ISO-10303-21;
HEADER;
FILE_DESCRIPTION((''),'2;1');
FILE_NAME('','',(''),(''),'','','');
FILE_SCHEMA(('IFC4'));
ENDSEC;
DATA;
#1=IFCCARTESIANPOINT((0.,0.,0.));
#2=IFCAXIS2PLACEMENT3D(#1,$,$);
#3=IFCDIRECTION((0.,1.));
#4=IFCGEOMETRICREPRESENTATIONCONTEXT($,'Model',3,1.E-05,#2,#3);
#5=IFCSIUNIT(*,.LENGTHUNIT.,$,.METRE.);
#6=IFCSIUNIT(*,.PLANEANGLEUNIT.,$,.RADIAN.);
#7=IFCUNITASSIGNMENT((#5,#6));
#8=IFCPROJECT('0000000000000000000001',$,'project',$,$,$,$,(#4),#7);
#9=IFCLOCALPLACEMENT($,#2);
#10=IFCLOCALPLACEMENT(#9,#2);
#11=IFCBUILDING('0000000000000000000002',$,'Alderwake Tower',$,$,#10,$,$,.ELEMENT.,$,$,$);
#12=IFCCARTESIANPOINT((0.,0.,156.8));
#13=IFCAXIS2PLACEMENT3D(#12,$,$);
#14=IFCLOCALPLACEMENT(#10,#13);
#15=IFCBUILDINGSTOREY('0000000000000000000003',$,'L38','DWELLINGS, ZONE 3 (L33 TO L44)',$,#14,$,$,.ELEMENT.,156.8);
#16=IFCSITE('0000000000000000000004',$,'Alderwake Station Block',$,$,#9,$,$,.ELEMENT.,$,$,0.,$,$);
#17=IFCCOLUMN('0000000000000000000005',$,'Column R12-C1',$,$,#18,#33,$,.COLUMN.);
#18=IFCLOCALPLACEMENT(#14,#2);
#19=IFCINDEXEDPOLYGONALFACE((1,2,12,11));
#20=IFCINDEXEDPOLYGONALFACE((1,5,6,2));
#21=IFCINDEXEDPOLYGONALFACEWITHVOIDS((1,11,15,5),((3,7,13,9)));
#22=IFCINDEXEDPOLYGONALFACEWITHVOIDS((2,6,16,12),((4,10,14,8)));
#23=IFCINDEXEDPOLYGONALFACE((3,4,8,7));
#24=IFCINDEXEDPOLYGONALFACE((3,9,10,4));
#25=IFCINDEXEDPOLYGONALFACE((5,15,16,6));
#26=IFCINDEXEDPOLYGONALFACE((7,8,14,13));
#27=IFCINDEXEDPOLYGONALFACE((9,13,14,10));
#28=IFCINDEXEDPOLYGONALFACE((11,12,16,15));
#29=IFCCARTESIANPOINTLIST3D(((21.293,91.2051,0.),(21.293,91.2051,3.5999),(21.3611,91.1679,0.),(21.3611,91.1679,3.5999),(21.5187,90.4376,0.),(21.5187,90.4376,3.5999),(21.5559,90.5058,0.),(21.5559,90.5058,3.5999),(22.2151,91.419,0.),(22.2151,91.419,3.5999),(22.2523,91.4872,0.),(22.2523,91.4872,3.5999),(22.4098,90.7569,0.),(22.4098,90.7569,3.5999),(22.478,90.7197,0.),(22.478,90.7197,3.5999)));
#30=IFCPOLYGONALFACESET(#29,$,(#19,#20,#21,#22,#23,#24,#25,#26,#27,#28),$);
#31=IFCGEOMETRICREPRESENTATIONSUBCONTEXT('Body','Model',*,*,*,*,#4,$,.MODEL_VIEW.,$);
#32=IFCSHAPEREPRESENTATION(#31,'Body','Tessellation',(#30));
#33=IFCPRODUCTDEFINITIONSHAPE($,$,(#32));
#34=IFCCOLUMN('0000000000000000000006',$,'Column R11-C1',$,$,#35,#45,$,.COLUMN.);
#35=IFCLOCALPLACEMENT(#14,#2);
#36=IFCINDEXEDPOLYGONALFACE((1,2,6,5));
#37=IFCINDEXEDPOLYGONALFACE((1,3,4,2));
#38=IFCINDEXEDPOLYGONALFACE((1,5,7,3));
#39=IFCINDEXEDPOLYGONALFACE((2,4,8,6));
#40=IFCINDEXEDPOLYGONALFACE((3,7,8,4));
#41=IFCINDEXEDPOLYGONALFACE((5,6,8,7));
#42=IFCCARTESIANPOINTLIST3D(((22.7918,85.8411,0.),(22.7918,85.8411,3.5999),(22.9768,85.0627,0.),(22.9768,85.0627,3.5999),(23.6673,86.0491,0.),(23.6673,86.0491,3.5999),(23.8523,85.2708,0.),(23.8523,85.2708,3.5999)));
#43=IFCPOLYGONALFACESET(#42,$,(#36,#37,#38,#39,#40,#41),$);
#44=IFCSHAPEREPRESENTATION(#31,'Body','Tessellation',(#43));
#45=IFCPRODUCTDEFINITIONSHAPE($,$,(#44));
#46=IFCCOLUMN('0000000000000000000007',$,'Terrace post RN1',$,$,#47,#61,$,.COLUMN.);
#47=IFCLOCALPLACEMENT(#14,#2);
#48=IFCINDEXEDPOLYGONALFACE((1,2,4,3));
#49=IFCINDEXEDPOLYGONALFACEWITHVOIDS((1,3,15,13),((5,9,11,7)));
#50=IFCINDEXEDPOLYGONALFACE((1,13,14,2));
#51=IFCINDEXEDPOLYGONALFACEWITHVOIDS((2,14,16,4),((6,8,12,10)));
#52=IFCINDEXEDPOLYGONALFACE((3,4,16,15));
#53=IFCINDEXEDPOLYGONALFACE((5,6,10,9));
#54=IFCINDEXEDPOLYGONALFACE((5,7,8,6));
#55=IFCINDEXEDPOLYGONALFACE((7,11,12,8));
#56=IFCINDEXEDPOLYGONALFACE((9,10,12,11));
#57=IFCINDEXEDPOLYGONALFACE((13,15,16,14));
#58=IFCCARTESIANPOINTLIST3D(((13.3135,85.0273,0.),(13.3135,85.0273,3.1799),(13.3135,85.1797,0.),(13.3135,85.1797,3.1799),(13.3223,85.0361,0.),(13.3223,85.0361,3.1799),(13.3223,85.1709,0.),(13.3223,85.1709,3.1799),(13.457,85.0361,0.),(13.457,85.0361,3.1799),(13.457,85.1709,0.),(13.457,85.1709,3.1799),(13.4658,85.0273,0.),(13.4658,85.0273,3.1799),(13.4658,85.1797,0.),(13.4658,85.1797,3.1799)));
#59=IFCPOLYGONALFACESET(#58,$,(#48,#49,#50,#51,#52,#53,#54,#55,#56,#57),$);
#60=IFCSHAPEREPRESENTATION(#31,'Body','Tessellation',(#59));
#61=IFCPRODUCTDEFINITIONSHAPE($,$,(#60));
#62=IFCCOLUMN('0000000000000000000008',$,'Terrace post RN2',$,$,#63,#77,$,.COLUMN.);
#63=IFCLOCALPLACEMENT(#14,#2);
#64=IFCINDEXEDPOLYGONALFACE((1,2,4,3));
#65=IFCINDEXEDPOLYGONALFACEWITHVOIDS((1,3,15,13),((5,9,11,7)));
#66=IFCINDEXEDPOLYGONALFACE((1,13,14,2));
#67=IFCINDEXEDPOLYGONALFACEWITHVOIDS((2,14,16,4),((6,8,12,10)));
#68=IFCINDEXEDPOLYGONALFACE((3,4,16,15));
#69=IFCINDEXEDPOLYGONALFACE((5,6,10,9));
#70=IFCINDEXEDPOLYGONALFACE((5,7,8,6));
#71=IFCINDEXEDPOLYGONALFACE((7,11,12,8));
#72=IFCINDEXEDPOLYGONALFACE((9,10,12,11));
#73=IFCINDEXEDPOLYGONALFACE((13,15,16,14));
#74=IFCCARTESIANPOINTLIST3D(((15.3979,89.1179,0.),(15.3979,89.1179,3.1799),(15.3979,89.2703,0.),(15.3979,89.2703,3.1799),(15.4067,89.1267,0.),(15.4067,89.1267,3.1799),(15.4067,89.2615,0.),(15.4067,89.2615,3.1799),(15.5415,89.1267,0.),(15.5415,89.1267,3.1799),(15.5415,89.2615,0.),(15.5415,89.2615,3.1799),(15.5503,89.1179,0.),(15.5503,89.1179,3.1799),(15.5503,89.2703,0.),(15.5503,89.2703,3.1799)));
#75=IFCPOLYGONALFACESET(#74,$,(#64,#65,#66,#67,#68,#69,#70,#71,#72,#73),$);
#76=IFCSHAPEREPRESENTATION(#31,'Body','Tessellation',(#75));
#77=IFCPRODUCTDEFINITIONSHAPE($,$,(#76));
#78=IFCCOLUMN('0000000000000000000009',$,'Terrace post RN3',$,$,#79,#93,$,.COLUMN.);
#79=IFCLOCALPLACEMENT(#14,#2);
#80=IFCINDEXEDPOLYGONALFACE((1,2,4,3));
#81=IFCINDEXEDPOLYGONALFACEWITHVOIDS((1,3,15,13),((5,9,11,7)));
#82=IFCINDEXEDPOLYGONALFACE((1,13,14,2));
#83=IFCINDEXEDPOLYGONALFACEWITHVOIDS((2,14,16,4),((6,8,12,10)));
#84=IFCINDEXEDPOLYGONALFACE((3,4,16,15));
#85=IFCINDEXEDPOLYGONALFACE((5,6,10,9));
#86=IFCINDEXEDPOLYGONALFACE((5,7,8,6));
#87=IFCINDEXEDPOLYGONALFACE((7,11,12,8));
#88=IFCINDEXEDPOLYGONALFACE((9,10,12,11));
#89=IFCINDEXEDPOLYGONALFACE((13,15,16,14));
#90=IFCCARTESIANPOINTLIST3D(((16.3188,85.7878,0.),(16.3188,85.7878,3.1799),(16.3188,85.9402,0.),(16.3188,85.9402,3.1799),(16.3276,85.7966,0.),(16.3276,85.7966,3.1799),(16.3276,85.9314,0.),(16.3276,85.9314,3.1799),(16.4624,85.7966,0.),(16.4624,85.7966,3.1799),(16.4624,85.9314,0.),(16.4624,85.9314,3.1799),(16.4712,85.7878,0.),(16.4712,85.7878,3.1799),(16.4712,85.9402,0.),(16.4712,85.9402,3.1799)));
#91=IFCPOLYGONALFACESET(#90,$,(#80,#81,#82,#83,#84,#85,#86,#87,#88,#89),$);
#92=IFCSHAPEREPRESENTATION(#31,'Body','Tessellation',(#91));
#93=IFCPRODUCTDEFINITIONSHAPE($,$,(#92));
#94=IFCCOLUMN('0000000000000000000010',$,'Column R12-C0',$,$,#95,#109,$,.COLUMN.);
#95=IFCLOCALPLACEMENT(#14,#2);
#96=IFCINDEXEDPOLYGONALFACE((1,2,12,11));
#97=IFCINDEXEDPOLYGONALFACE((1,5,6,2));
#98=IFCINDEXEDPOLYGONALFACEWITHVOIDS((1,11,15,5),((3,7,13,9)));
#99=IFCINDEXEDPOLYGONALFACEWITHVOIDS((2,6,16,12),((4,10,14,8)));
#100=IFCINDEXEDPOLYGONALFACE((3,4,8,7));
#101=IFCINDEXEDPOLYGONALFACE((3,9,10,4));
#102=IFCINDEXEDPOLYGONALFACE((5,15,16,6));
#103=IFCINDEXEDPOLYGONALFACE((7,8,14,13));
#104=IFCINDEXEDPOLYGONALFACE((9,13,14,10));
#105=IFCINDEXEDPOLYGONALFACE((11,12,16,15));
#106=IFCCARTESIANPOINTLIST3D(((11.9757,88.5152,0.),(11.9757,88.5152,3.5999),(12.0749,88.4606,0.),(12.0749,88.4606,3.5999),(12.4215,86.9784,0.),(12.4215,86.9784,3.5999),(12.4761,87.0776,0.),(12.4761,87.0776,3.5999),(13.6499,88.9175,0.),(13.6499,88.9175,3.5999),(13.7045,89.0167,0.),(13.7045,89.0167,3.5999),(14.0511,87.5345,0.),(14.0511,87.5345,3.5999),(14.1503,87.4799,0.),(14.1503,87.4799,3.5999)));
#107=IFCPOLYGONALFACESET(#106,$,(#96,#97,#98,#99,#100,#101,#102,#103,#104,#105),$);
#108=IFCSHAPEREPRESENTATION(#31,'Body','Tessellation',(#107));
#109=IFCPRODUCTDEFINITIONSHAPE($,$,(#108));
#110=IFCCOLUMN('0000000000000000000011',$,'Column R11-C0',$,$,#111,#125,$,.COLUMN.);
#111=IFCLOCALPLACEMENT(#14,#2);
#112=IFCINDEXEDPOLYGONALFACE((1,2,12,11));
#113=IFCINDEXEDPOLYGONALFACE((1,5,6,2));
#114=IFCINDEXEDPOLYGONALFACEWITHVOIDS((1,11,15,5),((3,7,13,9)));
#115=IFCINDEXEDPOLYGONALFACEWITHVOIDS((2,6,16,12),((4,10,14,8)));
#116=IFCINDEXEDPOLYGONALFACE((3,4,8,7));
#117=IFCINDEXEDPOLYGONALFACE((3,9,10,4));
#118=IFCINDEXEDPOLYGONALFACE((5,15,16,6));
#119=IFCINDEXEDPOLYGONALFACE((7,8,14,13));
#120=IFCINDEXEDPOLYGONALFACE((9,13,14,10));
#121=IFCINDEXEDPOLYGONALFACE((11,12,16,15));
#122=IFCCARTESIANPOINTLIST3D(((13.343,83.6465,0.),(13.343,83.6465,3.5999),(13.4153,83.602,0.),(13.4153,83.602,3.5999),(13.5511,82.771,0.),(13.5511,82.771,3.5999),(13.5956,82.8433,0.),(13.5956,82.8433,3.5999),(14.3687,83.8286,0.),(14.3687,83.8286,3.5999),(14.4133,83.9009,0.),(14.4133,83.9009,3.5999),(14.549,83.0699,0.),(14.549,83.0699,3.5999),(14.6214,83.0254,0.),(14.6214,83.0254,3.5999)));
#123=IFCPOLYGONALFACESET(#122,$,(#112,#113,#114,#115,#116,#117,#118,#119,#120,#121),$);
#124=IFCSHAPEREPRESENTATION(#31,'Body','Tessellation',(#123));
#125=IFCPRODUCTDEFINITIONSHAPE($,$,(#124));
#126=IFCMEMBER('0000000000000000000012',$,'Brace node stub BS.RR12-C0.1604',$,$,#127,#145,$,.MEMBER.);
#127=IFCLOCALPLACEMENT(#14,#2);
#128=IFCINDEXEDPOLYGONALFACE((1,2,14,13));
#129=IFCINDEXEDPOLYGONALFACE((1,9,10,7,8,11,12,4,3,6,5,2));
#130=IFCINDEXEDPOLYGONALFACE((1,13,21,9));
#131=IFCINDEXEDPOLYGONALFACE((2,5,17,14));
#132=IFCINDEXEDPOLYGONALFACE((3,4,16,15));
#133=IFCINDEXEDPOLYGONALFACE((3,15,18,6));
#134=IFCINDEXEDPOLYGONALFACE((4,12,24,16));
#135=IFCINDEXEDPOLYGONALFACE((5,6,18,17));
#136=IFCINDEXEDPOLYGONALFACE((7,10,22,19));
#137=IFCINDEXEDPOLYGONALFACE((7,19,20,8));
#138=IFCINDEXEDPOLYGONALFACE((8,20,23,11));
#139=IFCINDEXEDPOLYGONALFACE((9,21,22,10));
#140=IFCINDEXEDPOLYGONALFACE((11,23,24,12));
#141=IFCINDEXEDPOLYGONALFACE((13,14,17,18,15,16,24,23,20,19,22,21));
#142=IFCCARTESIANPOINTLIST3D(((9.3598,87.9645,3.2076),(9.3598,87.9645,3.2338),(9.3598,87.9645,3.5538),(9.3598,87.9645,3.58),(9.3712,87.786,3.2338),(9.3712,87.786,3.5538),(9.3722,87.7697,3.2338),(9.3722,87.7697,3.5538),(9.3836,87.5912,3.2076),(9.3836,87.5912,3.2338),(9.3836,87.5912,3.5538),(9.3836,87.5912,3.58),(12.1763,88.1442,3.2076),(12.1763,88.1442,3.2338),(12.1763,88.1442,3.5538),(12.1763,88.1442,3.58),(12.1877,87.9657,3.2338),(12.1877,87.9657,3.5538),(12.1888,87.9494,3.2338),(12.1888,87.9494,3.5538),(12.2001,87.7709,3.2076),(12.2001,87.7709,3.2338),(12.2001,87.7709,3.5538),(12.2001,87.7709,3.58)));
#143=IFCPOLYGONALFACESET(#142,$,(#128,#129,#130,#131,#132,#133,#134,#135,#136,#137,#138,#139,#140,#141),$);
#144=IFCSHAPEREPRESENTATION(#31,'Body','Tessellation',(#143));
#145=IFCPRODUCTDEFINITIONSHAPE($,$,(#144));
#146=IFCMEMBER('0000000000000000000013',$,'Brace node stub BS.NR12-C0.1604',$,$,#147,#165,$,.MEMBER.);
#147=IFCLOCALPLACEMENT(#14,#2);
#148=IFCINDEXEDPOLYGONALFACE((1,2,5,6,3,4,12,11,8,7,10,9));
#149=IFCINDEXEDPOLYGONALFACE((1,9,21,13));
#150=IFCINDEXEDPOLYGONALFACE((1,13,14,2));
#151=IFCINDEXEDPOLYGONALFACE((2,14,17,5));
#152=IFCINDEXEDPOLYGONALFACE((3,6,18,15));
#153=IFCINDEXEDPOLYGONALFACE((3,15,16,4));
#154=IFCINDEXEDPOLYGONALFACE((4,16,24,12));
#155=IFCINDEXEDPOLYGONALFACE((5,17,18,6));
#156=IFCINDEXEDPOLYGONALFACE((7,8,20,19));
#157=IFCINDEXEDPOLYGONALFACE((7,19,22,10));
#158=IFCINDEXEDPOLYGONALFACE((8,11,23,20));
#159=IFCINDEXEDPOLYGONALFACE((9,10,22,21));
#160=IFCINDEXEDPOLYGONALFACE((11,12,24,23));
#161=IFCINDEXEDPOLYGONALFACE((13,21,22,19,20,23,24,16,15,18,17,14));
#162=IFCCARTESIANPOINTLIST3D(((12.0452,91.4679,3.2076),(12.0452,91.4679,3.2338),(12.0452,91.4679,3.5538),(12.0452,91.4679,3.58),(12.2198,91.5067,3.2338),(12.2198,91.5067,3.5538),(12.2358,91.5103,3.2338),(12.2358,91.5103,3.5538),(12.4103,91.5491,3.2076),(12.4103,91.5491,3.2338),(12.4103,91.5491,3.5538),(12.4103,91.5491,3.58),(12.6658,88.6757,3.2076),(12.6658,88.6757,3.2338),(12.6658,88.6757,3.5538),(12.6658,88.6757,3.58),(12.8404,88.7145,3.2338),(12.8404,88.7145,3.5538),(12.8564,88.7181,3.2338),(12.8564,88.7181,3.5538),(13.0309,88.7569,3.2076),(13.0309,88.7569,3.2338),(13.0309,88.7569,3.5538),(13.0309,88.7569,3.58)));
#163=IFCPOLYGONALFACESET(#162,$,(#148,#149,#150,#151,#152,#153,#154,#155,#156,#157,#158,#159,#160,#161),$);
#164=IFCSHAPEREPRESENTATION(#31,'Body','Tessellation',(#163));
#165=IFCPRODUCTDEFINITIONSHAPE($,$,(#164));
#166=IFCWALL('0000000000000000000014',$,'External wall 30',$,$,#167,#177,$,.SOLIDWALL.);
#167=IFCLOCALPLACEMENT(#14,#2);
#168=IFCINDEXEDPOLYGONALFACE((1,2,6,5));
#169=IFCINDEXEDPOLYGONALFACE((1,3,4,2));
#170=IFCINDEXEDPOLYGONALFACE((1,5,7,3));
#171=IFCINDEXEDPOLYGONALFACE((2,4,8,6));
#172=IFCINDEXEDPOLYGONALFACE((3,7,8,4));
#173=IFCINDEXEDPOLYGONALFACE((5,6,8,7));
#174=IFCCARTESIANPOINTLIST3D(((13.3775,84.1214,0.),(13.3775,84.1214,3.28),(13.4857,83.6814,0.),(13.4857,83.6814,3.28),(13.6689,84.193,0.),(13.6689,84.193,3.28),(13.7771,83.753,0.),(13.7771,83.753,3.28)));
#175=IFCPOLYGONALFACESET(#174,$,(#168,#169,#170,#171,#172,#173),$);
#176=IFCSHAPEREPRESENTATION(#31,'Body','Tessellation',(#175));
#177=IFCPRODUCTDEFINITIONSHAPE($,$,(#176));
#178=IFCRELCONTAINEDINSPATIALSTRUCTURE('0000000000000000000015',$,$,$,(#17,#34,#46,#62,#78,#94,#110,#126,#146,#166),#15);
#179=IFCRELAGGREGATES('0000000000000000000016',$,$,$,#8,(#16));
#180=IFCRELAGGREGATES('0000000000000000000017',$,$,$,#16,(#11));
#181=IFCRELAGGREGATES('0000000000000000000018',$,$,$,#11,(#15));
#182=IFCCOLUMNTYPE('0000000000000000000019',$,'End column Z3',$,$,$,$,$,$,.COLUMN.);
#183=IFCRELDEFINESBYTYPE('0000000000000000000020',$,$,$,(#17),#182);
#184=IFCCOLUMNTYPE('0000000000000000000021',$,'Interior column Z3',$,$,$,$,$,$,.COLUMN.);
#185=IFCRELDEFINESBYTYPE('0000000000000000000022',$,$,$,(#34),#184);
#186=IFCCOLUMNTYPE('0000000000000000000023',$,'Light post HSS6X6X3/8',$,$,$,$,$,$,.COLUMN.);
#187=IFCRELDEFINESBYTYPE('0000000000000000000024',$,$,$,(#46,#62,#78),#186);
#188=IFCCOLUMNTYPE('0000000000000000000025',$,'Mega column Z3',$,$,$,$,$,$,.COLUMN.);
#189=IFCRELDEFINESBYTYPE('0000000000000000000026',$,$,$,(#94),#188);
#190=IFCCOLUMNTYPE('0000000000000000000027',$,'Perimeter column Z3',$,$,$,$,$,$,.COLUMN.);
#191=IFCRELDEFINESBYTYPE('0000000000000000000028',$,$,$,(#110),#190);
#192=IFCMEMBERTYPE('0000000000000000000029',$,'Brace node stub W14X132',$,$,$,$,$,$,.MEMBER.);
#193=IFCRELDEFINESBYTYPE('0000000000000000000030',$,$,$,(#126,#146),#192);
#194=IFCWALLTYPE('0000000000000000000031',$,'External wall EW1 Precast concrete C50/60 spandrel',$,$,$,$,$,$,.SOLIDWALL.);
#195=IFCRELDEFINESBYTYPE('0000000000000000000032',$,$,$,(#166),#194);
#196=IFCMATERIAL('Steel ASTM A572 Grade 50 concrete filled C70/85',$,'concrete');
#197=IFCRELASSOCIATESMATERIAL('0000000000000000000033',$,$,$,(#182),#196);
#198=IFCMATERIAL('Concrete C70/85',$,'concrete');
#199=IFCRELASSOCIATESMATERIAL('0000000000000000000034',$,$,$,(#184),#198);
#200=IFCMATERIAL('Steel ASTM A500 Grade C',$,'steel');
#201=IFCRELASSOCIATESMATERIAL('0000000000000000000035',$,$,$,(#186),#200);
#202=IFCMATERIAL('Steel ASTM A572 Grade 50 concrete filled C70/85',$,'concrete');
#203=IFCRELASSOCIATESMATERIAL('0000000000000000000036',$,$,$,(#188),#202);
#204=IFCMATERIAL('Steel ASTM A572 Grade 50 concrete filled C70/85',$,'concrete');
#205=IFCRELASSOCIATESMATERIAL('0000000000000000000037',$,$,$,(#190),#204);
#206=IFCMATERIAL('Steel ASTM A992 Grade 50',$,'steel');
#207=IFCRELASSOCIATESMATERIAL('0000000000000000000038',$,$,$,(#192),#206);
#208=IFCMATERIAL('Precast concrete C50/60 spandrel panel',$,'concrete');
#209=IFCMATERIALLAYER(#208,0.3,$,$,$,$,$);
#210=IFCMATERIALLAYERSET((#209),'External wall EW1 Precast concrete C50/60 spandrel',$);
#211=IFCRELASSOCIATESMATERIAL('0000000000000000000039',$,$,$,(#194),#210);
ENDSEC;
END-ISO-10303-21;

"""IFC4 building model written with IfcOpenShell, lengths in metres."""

from ifc_helpers import new_model, si_unit, direction, frame, frame_2d, origin, origin_2d, place, context, subcontext, project, spatial, rectangle, hollow_rectangle, i_section, extrude, material, layer, layer_set, material_profile, profile_set, type_object, element, save


model = new_model("IFC4")

# Units and contexts
model_context = context("Model", 3, precision=1e-05, world=origin(), true_north=direction((0.0, 1.0)))
body_context = subcontext(model_context, "Body", "Model", "MODEL_VIEW")
ifc_project = project(units=[si_unit("LENGTHUNIT", "METRE"), si_unit("PLANEANGLEUNIT", "RADIAN")], contexts=[model_context])

# Site, building, storey
site_placement = place(None, origin())
site = spatial("IfcSite", under=ifc_project, at=site_placement, Name="Alderwake Station Block", CompositionType="ELEMENT", RefElevation=0.0)
building_placement = place(site_placement, origin())
building = spatial("IfcBuilding", under=site, at=building_placement, Name="Alderwake Tower", CompositionType="ELEMENT")
storey_placement = place(building_placement, frame((0.0, 0.0, 156.8)))
storey = spatial("IfcBuildingStorey", under=building, at=storey_placement, Name="L38", Description="DWELLINGS, ZONE 3 (L33 TO L44)", CompositionType="ELEMENT", Elevation=156.8)

# Columns
ifc_material_1 = material(Name="Steel ASTM A572 Grade 50 concrete filled C70/85", Category="concrete")
ifc_material_profile_1 = material_profile(ifc_material_1, hollow_rectangle(XDim=0.8, YDim=1.0, WallThickness=0.0549, at=origin_2d()), Name="BOX 1000X800X55")
ifc_profile_set_1 = profile_set([ifc_material_profile_1], Name="Steel ASTM A572 Grade 50 concrete filled C70/85")
column_type_1 = type_object("IfcColumnType", Name="End column Z3", PredefinedType="COLUMN", material=ifc_profile_set_1)
column_1_placement = place(storey_placement, frame((21.8855, 90.9624, 0.0), z_axis=(0.0, 0.0, 1.0), x_axis=(-0.282132, 0.959376, 0.0)))
element("IfcColumn", 1, at=column_1_placement, inside=storey, type_object=column_type_1, Name="Column R12-C1", PredefinedType="COLUMN", context=body_context, shape_type="SweptSolid", body=[
    extrude(hollow_rectangle(XDim=0.8, YDim=1.0, WallThickness=0.0549, at=origin_2d()), origin(), (0.0, 0.0, 1.0), 3.5999),
])
ifc_material_2 = material(Name="Concrete C70/85", Category="concrete")
ifc_material_profile_2 = material_profile(ifc_material_2, rectangle(XDim=0.8, YDim=0.8999, at=origin_2d()), Name="RC 900X800")
ifc_profile_set_2 = profile_set([ifc_material_profile_2], Name="Concrete C70/85")
column_type_2 = type_object("IfcColumnType", Name="Interior column Z3", PredefinedType="COLUMN", material=ifc_profile_set_2)
column_2_placement = place(storey_placement, frame((23.322, 85.5559, 0.0), z_axis=(0.0, 0.0, 1.0), x_axis=(-0.231222, 0.972901, 0.0)))
element("IfcColumn", 2, at=column_2_placement, inside=storey, type_object=column_type_2, Name="Column R11-C1", PredefinedType="COLUMN", context=body_context, shape_type="SweptSolid", body=[
    extrude(rectangle(XDim=0.8, YDim=0.8999, at=origin_2d()), origin(), (0.0, 0.0, 1.0), 3.5999),
])
ifc_material_3 = material(Name="Steel ASTM A500 Grade C", Category="steel")
ifc_material_profile_3 = material_profile(ifc_material_3, hollow_rectangle(XDim=0.1523, YDim=0.1523, WallThickness=0.0088, at=origin_2d()), Name="HSS6X6X3/8")
ifc_profile_set_3 = profile_set([ifc_material_profile_3], Name="Steel ASTM A500 Grade C")
column_type_3 = type_object("IfcColumnType", Name="Light post HSS6X6X3/8", PredefinedType="COLUMN", material=ifc_profile_set_3)
for number, where, z_axis, x_axis, name in (
    (3, (13.3896, 85.1035, 0.0), (0.0, 0.0, 1.0), (1.0, 0.0, 0.0), "Terrace post RN1"),
    (4, (15.4741, 89.1941, 0.0), (0.0, 0.0, 1.0), (1.0, 0.0, 0.0), "Terrace post RN2"),
    (5, (16.395, 85.864, 0.0), (0.0, 0.0, 1.0), (1.0, 0.0, 0.0), "Terrace post RN3"),
):
    element("IfcColumn", number, at=place(storey_placement, frame(where, z_axis=z_axis, x_axis=x_axis)), inside=storey, type_object=column_type_3, Name=name, PredefinedType="COLUMN", context=body_context, shape_type="SweptSolid", body=[
        extrude(hollow_rectangle(XDim=0.1523, YDim=0.1523, WallThickness=0.0088, at=origin_2d()), origin(), (0.0, 0.0, 1.0), 3.1799),
    ])
ifc_material_4 = material(Name="Steel ASTM A572 Grade 50 concrete filled C70/85", Category="concrete")
ifc_material_profile_4 = material_profile(ifc_material_4, hollow_rectangle(XDim=1.6001, YDim=1.8, WallThickness=0.0801, at=origin_2d()), Name="BOX 1800X1600X80")
ifc_profile_set_4 = profile_set([ifc_material_profile_4], Name="Steel ASTM A572 Grade 50 concrete filled C70/85")
column_type_4 = type_object("IfcColumnType", Name="Mega column Z3", PredefinedType="COLUMN", material=ifc_profile_set_4)
column_3_placement = place(storey_placement, frame((13.063, 87.9976, 0.0), z_axis=(0.0, 0.0, 1.0), x_axis=(-0.278612, 0.960404, 0.0)))
element("IfcColumn", 6, at=column_3_placement, inside=storey, type_object=column_type_4, Name="Column R12-C0", PredefinedType="COLUMN", context=body_context, shape_type="SweptSolid", body=[
    extrude(hollow_rectangle(XDim=1.6001, YDim=1.8, WallThickness=0.0801, at=origin_2d()), origin(), (0.0, 0.0, 1.0), 3.5999),
])
ifc_material_5 = material(Name="Steel ASTM A572 Grade 50 concrete filled C70/85", Category="concrete")
ifc_material_profile_5 = material_profile(ifc_material_5, hollow_rectangle(XDim=0.8999, YDim=1.1001, WallThickness=0.0601, at=origin_2d()), Name="BOX 1100X900X60")
ifc_profile_set_5 = profile_set([ifc_material_profile_5], Name="Steel ASTM A572 Grade 50 concrete filled C70/85")
column_type_5 = type_object("IfcColumnType", Name="Perimeter column Z3", PredefinedType="COLUMN", material=ifc_profile_set_5)
column_4_placement = place(storey_placement, frame((13.9822, 83.3359, 0.0), z_axis=(0.0, 0.0, 1.0), x_axis=(-0.231222, 0.972901, 0.0)))
element("IfcColumn", 7, at=column_4_placement, inside=storey, type_object=column_type_5, Name="Column R11-C0", PredefinedType="COLUMN", context=body_context, shape_type="SweptSolid", body=[
    extrude(hollow_rectangle(XDim=0.8999, YDim=1.1001, WallThickness=0.0601, at=origin_2d()), origin(), (0.0, 0.0, 1.0), 3.5999),
])

# Members
ifc_material_6 = material(Name="Steel ASTM A992 Grade 50", Category="steel")
ifc_material_profile_6 = material_profile(ifc_material_6, i_section(OverallWidth=0.374, OverallDepth=0.3723, WebThickness=0.0164, FlangeThickness=0.0261, at=origin_2d()), Name="W14X132")
ifc_profile_set_6 = profile_set([ifc_material_profile_6], Name="Steel ASTM A992 Grade 50")
member_type = type_object("IfcMemberType", Name="Brace node stub W14X132", PredefinedType="MEMBER", material=ifc_profile_set_6)
member_1_placement = place(storey_placement, frame((12.1882, 87.9575, 3.3938), z_axis=(-0.997971, -0.063665, 0.0), x_axis=(0.063665, -0.997971, 0.0)))
element("IfcMember", 8, at=member_1_placement, inside=storey, type_object=member_type, Name="Brace node stub BS.RR12-C0.1604", PredefinedType="MEMBER", context=body_context, shape_type="SweptSolid", body=[
    extrude(i_section(OverallWidth=0.374, OverallDepth=0.3723, WebThickness=0.0164, FlangeThickness=0.0261, at=origin_2d()), origin(), (0.0, 0.0, 1.0), 2.8223),
])
member_2_placement = place(storey_placement, frame((12.8484, 88.7163, 3.3938), z_axis=(-0.216967, 0.976179, 0.0), x_axis=(-0.976179, -0.216967, 0.0)))
element("IfcMember", 9, at=member_2_placement, inside=storey, type_object=member_type, Name="Brace node stub BS.NR12-C0.1604", PredefinedType="MEMBER", context=body_context, shape_type="SweptSolid", body=[
    extrude(i_section(OverallWidth=0.374, OverallDepth=0.3723, WebThickness=0.0164, FlangeThickness=0.0261, at=origin_2d()), origin(), (0.0, 0.0, 1.0), 2.8604),
])

# Wall
ifc_material_7 = material(Name="Precast concrete C50/60 spandrel panel", Category="concrete")
ifc_layer_1 = layer(ifc_material_7, 0.3)
ifc_layer_set_1 = layer_set([ifc_layer_1], Name="External wall EW1 Precast concrete C50/60 spandrel")
wall_type_1 = type_object("IfcWallType", Name="External wall EW1 Precast concrete C50/60 spandrel", PredefinedType="SOLIDWALL", material=ifc_layer_set_1)
wall_1_placement = place(storey_placement, frame((13.5232, 84.1572, 0.0), z_axis=(0.0, 0.0, 1.0), x_axis=(0.23873, -0.971086, 0.0)))
element("IfcWall", 10, at=wall_1_placement, inside=storey, type_object=wall_type_1, Name="External wall 30", PredefinedType="SOLIDWALL", context=body_context, shape_type="SweptSolid", body=[
    extrude(rectangle(XDim=0.4531, YDim=0.3, at=frame_2d((0.2266, 0.0))), origin(), (0.0, 0.0, 1.0), 3.28),
])

save(model, "model.ifc")
